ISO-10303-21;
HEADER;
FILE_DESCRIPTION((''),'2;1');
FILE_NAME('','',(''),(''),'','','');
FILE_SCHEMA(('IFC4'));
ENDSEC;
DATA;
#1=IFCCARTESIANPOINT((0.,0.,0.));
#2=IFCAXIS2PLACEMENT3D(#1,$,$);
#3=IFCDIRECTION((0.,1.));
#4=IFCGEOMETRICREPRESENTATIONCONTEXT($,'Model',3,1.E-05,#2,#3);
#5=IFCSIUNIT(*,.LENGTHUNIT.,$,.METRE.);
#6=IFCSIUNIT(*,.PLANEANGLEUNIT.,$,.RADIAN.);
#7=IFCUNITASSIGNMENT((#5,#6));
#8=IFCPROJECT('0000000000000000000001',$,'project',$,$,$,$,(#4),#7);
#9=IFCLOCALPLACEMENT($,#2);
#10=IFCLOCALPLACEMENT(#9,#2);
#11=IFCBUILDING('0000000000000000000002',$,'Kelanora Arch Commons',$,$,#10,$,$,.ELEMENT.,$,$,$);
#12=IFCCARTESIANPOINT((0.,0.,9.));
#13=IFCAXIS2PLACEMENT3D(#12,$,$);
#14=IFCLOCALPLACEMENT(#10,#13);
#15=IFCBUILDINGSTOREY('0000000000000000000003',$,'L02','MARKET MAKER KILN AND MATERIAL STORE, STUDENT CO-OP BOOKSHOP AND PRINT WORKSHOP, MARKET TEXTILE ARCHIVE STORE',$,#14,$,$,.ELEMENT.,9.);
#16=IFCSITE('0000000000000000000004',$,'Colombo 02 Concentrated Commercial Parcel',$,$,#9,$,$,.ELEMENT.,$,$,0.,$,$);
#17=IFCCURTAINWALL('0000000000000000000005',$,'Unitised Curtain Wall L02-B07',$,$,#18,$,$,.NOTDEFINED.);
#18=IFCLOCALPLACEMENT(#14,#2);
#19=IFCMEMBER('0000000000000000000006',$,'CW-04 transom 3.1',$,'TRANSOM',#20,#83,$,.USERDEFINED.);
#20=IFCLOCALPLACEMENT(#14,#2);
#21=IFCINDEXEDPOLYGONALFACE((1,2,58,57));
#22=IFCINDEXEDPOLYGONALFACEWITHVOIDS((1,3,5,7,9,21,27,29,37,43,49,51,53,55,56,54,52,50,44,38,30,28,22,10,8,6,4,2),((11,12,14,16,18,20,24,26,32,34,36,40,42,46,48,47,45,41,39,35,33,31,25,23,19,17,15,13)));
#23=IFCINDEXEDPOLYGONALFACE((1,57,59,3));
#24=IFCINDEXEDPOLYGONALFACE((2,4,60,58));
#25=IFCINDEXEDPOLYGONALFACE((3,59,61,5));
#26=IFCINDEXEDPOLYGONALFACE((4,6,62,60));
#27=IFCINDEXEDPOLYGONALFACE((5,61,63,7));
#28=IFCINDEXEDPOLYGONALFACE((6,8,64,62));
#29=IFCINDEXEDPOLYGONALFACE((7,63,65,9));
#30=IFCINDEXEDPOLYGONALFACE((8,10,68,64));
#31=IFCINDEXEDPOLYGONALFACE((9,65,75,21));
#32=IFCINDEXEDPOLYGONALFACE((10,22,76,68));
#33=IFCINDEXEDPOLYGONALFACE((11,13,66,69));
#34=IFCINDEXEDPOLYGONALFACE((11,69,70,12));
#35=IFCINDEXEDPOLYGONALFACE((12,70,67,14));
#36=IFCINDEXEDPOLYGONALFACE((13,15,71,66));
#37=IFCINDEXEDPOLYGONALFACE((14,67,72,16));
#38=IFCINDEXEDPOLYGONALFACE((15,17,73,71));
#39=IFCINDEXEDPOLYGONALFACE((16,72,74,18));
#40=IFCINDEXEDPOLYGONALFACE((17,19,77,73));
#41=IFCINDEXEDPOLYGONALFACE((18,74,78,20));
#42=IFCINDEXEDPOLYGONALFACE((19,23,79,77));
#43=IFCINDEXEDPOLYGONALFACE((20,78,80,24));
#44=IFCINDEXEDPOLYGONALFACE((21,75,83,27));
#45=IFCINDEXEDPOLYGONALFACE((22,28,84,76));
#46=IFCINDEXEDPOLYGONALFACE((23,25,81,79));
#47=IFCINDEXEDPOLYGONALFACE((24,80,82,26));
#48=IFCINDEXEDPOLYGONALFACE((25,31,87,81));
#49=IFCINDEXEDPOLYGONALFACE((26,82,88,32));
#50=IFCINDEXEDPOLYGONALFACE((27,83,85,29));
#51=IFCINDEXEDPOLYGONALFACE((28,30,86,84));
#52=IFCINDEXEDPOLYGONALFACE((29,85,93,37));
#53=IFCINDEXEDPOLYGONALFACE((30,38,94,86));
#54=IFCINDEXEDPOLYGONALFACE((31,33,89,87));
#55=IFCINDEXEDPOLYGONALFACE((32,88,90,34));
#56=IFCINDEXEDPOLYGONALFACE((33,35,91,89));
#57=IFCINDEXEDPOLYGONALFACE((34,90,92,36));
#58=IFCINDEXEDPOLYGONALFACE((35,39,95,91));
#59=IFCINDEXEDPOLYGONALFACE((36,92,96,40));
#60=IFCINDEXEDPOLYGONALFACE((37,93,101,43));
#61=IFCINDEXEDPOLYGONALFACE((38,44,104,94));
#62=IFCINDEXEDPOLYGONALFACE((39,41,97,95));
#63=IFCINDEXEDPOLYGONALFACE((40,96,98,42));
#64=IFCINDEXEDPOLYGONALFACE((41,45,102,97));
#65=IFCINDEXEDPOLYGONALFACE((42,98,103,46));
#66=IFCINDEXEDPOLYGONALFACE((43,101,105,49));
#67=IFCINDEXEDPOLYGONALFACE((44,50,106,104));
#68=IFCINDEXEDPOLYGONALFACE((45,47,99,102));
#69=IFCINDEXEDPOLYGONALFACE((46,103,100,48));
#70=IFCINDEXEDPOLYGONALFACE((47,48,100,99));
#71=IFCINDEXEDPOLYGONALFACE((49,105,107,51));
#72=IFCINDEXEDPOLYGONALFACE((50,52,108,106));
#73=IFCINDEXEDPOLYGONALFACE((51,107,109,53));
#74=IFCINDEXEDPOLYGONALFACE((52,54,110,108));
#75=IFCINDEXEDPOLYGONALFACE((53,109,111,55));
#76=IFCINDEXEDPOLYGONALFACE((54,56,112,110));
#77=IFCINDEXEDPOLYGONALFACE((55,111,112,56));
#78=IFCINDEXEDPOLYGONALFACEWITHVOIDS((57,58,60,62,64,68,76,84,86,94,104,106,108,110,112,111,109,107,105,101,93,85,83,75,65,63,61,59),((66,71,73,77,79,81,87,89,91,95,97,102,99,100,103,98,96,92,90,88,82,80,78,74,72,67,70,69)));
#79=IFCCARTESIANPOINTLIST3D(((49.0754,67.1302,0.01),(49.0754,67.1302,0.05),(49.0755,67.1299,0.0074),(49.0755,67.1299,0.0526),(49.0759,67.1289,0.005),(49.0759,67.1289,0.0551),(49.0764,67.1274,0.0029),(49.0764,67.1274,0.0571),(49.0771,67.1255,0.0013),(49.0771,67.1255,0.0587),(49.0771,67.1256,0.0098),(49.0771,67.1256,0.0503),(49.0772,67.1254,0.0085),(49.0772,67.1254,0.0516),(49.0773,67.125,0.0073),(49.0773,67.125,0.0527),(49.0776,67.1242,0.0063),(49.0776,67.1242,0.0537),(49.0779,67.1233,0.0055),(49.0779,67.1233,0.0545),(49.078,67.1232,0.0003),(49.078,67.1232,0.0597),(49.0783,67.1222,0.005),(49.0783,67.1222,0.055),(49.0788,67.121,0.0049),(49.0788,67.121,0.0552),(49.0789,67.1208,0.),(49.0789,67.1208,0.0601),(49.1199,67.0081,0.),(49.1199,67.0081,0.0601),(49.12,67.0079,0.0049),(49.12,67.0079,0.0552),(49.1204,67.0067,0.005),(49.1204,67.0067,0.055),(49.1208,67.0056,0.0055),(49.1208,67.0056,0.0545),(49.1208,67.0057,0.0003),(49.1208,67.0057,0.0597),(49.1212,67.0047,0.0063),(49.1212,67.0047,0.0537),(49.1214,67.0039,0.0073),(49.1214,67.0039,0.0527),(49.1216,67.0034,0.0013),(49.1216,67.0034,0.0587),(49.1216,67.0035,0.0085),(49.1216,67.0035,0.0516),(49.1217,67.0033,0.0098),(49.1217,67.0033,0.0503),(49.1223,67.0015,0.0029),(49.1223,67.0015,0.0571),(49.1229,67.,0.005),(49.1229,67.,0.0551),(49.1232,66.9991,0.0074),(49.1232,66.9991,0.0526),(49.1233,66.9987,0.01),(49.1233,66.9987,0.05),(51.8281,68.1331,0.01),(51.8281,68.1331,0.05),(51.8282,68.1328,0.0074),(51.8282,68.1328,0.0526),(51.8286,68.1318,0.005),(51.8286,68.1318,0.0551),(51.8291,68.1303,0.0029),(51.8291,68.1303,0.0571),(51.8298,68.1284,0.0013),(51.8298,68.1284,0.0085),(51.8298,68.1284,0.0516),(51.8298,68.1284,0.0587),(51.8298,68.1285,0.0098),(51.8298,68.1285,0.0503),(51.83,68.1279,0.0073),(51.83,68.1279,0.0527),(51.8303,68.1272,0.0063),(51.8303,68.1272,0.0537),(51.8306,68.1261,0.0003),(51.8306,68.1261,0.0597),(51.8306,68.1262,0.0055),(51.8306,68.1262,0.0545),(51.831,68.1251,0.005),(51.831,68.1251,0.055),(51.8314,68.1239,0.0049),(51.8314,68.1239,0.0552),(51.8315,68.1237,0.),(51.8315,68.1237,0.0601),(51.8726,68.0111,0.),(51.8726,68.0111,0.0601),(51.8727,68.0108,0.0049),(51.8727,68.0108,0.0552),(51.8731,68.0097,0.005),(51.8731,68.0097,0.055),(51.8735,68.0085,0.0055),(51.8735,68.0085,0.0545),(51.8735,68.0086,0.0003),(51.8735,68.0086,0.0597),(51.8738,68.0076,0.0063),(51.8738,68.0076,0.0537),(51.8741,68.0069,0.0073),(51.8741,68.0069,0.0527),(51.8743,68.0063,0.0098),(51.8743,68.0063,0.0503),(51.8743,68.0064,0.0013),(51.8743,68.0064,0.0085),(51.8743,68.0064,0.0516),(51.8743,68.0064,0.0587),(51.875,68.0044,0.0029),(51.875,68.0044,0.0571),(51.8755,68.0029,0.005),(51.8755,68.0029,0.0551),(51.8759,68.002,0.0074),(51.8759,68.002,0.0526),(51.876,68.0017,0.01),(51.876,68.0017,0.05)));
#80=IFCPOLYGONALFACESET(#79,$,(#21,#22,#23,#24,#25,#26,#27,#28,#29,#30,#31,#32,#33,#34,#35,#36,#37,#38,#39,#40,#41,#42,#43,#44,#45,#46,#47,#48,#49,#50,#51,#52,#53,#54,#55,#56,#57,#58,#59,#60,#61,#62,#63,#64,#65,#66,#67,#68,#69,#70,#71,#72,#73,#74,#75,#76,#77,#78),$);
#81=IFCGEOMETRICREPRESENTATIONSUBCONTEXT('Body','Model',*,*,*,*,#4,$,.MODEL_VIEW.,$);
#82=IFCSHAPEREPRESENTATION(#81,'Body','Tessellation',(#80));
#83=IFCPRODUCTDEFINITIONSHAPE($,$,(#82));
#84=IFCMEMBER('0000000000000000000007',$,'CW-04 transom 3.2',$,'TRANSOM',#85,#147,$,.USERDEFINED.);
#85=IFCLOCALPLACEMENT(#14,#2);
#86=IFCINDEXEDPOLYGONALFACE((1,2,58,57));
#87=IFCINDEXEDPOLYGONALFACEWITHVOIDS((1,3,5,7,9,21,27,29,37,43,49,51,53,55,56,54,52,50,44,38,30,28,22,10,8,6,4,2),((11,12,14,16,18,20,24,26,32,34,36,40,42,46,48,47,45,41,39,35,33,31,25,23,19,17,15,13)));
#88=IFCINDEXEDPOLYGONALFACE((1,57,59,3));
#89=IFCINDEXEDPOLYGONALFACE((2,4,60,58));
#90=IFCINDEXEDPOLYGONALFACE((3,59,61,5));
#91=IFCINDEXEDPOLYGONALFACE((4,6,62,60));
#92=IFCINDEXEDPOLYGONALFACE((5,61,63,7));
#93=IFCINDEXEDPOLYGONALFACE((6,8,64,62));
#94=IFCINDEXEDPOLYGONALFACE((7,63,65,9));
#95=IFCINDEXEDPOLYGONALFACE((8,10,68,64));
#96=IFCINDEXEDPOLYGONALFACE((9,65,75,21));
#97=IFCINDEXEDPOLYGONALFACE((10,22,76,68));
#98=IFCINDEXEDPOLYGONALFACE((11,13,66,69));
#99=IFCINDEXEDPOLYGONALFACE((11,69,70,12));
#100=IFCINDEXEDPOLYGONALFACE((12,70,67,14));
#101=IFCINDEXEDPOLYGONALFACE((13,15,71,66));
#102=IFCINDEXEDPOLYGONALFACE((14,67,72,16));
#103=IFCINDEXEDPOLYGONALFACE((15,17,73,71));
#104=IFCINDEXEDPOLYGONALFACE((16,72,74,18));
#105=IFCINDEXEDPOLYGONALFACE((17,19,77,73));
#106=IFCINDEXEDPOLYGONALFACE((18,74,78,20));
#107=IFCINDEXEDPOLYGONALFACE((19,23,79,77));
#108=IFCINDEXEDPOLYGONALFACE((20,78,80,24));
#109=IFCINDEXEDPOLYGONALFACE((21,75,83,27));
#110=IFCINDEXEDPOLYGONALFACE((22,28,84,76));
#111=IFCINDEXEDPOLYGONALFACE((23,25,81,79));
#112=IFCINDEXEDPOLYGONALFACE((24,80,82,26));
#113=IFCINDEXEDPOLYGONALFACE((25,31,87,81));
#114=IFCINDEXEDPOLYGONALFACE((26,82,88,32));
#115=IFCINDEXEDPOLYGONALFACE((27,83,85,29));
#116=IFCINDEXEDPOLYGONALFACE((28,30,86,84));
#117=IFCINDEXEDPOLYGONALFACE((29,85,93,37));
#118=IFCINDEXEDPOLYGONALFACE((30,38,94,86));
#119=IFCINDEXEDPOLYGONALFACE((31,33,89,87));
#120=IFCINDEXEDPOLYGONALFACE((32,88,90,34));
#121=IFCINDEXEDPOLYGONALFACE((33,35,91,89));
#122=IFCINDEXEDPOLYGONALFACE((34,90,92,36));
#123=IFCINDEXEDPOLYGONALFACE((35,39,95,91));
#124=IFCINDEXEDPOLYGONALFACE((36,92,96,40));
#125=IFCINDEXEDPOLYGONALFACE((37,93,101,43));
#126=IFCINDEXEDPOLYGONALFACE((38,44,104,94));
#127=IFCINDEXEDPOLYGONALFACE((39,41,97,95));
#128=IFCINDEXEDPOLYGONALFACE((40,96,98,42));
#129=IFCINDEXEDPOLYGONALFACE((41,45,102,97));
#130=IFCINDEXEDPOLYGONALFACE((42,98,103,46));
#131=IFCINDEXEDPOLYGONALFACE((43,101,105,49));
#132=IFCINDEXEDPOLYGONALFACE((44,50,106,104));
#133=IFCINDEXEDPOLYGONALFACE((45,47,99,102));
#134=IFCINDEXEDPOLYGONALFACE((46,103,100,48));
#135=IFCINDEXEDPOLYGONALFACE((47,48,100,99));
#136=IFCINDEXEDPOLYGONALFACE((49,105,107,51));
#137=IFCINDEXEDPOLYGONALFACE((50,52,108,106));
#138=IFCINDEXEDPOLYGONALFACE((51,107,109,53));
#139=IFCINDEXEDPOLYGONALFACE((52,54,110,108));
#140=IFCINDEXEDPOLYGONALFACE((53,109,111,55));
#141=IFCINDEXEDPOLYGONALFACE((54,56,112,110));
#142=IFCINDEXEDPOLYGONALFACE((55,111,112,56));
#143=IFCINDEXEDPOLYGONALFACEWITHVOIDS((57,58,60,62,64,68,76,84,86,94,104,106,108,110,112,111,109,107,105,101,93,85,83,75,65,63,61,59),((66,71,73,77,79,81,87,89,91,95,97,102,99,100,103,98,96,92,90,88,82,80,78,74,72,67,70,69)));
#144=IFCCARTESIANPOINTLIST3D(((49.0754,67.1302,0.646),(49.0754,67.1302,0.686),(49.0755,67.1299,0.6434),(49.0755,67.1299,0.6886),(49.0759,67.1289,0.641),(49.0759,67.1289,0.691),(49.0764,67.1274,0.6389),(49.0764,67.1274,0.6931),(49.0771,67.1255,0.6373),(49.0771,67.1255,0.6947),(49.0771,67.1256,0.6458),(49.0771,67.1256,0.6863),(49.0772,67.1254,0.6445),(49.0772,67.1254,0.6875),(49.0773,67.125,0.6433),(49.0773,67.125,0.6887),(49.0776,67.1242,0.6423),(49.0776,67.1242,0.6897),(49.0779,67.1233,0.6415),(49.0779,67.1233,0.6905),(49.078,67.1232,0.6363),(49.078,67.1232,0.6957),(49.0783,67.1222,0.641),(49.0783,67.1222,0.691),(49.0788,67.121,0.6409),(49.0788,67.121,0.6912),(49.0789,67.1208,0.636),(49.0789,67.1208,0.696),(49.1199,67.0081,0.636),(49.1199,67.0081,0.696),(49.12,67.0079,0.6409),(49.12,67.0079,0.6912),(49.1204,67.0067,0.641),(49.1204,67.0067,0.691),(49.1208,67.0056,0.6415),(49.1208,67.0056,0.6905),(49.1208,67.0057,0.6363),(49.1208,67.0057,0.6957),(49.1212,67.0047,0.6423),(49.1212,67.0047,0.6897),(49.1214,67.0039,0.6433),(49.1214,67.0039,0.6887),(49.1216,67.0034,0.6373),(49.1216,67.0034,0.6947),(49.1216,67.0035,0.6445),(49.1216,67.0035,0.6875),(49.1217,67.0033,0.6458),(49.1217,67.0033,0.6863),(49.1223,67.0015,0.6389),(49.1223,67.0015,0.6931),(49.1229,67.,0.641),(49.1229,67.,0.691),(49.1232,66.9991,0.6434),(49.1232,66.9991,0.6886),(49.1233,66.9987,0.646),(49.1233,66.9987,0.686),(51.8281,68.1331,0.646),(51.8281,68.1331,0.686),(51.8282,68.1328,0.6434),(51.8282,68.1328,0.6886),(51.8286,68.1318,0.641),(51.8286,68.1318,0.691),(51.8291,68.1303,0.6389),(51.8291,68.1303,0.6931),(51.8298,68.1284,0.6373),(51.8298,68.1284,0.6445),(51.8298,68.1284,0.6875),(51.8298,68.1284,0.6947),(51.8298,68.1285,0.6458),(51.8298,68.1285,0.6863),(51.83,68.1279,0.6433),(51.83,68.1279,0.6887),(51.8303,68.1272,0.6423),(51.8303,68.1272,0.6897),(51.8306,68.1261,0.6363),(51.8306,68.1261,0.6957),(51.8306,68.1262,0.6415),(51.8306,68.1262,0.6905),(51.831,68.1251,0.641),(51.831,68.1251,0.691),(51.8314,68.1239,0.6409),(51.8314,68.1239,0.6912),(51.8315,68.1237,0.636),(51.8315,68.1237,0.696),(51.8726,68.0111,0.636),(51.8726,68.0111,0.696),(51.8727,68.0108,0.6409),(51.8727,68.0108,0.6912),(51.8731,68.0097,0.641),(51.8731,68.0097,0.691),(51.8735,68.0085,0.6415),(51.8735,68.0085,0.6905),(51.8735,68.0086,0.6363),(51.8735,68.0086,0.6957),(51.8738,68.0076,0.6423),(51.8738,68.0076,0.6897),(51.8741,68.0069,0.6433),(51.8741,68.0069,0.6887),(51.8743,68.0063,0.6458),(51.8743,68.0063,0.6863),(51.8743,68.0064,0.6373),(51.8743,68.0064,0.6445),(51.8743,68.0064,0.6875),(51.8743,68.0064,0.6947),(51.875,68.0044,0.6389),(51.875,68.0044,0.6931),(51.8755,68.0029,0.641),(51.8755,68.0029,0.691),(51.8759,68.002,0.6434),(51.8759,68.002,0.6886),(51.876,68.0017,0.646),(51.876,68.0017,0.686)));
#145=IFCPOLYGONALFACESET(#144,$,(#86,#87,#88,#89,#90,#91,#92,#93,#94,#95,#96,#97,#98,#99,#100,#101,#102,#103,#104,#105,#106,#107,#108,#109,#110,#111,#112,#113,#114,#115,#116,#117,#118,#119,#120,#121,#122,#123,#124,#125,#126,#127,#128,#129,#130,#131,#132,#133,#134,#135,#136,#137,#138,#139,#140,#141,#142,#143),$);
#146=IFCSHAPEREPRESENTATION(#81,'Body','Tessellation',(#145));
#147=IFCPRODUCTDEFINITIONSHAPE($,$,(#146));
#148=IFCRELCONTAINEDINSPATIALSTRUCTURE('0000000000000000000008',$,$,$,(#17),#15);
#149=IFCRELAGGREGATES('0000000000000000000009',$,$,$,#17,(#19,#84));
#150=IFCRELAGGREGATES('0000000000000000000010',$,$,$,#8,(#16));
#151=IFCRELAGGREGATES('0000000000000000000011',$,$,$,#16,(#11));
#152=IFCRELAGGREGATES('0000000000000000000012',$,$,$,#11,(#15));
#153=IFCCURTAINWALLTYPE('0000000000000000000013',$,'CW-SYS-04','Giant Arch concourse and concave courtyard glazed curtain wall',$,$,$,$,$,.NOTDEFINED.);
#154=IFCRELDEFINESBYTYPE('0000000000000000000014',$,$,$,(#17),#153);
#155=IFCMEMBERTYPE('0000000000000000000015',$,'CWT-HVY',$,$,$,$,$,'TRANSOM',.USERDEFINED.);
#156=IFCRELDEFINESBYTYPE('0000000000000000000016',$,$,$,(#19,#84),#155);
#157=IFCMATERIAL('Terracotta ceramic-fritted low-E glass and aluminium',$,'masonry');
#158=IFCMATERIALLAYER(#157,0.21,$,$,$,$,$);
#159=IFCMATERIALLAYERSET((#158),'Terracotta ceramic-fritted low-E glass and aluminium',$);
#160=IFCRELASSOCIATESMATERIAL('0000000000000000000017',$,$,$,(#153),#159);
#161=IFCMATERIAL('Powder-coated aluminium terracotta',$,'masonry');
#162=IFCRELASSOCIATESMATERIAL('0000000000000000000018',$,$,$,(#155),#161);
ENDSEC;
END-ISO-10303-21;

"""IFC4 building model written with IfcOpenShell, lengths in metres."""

from ifc_helpers import new_model, si_unit, direction, frame, origin, origin_2d, place, context, subcontext, project, spatial, hollow_rectangle, extrude, material, layer, layer_set, material_profile, profile_set, type_object, element, aggregate, save


model = new_model("IFC4")

# Units and contexts
model_context = context("Model", 3, precision=1e-05, world=origin(), true_north=direction((0.0, 1.0)))
body_context = subcontext(model_context, "Body", "Model", "MODEL_VIEW")
ifc_project = project(units=[si_unit("LENGTHUNIT", "METRE"), si_unit("PLANEANGLEUNIT", "RADIAN")], contexts=[model_context])

# Site, building, storey
site_placement = place(None, origin())
site = spatial("IfcSite", under=ifc_project, at=site_placement, Name="Colombo 02 Concentrated Commercial Parcel", CompositionType="ELEMENT", RefElevation=0.0)
building_placement = place(site_placement, origin())
building = spatial("IfcBuilding", under=site, at=building_placement, Name="Kelanora Arch Commons", CompositionType="ELEMENT")
storey_placement = place(building_placement, frame((0.0, 0.0, 9.0)))
storey = spatial("IfcBuildingStorey", under=building, at=storey_placement, Name="L02", Description="MARKET MAKER KILN AND MATERIAL STORE, STUDENT CO-OP BOOKSHOP AND PRINT WORKSHOP, MARKET TEXTILE ARCHIVE STORE", CompositionType="ELEMENT", Elevation=9.0)

# Curtain wall
ifc_material_1 = material(Name="Terracotta ceramic-fritted low-E glass and aluminium", Category="masonry")
ifc_layer_1 = layer(ifc_material_1, 0.21)
ifc_layer_set_1 = layer_set([ifc_layer_1], Name="Terracotta ceramic-fritted low-E glass and aluminium")
curtain_wall_type_1 = type_object("IfcCurtainWallType", Name="CW-SYS-04", Description="Giant Arch concourse and concave courtyard glazed curtain wall", PredefinedType="NOTDEFINED", material=ifc_layer_set_1)
curtain_wall_1_placement = place(storey_placement, origin())
curtain_wall_1 = element("IfcCurtainWall", 1, at=curtain_wall_1_placement, inside=storey, type_object=curtain_wall_type_1, Name="Unitised Curtain Wall L02-B07", PredefinedType="NOTDEFINED")
ifc_material_2 = material(Name="Powder-coated aluminium terracotta", Category="masonry")

# Members
ifc_material_profile_1 = material_profile(ifc_material_2, hollow_rectangle(XDim=0.1399, YDim=0.0601, WallThickness=0.0049, InnerFilletRadius=0.0049, OuterFilletRadius=0.01, at=origin_2d()), Name="CWT140x60")
ifc_profile_set_1 = profile_set([ifc_material_profile_1], Name="Powder-coated aluminium terracotta")
member_type_1 = type_object("IfcMemberType", Name="CWT-HVY", ElementType="TRANSOM", PredefinedType="USERDEFINED", material=ifc_profile_set_1)
member_1_placement = place(storey_placement, frame((51.8521, 68.0674, 0.03), z_axis=(-0.939579, -0.342332, 0.0), x_axis=(0.342332, -0.939579, 0.0)))
member_1 = element("IfcMember", 2, at=member_1_placement, type_object=member_type_1, Name="CW-04 transom 3.1", ObjectType="TRANSOM", PredefinedType="USERDEFINED", context=body_context, shape_type="SweptSolid", body=[
    extrude(hollow_rectangle(XDim=0.1399, YDim=0.0601, WallThickness=0.0049, InnerFilletRadius=0.0049, OuterFilletRadius=0.01, at=origin_2d()), origin(), (0.0, 0.0, 1.0), 2.9297),
])
member_2_placement = place(storey_placement, frame((51.8521, 68.0674, 0.666), z_axis=(-0.939579, -0.342332, 0.0), x_axis=(0.342332, -0.939579, 0.0)))
member_2 = element("IfcMember", 3, at=member_2_placement, type_object=member_type_1, Name="CW-04 transom 3.2", ObjectType="TRANSOM", PredefinedType="USERDEFINED", context=body_context, shape_type="SweptSolid", body=[
    extrude(hollow_rectangle(XDim=0.1399, YDim=0.0601, WallThickness=0.0049, InnerFilletRadius=0.0049, OuterFilletRadius=0.01, at=origin_2d()), origin(), (0.0, 0.0, 1.0), 2.9297),
])

aggregate(curtain_wall_1, [member_1, member_2])

save(model, "model.ifc")
